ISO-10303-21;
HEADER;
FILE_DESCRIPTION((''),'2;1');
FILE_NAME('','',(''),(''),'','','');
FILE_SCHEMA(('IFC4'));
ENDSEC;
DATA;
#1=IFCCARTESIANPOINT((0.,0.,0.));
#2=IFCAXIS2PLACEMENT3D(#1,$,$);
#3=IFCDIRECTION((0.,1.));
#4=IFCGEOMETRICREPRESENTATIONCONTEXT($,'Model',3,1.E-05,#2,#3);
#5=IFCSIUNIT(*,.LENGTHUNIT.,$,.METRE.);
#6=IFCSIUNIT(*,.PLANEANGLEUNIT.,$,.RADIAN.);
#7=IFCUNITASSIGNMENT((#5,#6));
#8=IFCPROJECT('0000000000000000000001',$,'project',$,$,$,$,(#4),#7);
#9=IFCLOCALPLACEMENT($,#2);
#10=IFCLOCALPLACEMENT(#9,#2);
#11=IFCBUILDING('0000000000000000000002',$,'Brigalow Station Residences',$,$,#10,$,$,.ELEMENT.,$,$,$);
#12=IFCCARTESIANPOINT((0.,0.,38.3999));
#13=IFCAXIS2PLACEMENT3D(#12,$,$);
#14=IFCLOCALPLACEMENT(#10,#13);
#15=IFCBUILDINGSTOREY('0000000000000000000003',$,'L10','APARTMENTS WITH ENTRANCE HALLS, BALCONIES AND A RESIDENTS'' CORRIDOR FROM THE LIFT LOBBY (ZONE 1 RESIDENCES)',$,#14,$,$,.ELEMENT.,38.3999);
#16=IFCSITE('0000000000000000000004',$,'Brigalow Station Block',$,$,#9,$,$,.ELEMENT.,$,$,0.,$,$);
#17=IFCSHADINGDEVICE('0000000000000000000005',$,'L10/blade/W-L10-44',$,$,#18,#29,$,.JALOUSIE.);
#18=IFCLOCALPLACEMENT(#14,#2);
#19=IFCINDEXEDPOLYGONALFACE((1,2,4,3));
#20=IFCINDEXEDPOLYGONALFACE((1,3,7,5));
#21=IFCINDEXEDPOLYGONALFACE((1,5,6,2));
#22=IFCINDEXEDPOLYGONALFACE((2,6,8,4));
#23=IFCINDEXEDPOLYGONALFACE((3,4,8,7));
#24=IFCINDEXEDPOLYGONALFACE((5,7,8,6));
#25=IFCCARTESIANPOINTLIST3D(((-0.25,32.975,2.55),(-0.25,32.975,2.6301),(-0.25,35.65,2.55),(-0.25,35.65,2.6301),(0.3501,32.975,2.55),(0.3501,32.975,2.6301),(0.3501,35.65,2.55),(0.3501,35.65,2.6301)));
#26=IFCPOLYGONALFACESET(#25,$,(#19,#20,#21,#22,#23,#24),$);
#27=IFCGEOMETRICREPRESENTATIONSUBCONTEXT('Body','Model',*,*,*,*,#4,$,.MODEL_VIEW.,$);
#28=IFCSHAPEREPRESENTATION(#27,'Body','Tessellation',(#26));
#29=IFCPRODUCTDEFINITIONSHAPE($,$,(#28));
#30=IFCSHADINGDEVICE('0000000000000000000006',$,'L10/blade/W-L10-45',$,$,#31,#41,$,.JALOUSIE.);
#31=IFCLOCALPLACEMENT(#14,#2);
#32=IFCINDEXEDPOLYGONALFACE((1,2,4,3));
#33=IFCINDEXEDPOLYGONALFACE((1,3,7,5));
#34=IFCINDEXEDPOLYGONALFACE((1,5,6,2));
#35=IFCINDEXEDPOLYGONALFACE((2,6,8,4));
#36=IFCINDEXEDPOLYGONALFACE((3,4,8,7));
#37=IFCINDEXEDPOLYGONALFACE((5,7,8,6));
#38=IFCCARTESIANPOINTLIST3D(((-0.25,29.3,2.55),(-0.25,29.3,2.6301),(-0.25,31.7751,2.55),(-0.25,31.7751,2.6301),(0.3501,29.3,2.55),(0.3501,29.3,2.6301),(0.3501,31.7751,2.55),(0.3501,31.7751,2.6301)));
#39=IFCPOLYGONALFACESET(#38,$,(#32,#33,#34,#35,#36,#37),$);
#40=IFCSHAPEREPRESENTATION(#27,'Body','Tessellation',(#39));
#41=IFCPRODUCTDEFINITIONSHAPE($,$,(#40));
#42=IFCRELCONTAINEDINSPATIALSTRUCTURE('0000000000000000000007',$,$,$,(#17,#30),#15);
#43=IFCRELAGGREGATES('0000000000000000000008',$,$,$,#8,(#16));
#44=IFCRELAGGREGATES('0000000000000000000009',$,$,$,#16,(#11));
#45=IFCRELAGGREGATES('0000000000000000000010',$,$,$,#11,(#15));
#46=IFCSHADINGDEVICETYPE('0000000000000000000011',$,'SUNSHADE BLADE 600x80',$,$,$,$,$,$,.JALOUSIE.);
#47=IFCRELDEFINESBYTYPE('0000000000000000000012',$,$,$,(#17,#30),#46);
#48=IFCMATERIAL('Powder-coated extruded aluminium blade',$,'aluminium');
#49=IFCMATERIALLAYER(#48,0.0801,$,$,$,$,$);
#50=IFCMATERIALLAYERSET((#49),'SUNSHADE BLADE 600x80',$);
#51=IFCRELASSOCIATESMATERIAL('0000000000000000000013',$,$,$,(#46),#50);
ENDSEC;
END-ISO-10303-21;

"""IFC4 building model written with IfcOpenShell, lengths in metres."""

from ifc_helpers import new_model, si_unit, direction, frame, origin, origin_2d, place, context, subcontext, project, spatial, rectangle, extrude, material, layer, layer_set, type_object, element, save


model = new_model("IFC4")

# Units and contexts
model_context = context("Model", 3, precision=1e-05, world=origin(), true_north=direction((0.0, 1.0)))
body_context = subcontext(model_context, "Body", "Model", "MODEL_VIEW")
ifc_project = project(units=[si_unit("LENGTHUNIT", "METRE"), si_unit("PLANEANGLEUNIT", "RADIAN")], contexts=[model_context])

# Site, building, storey
site_placement = place(None, origin())
site = spatial("IfcSite", under=ifc_project, at=site_placement, Name="Brigalow Station Block", CompositionType="ELEMENT", RefElevation=0.0)
building_placement = place(site_placement, origin())
building = spatial("IfcBuilding", under=site, at=building_placement, Name="Brigalow Station Residences", CompositionType="ELEMENT")
storey_placement = place(building_placement, frame((0.0, 0.0, 38.3999)))
storey = spatial("IfcBuildingStorey", under=building, at=storey_placement, Name="L10", Description="APARTMENTS WITH ENTRANCE HALLS, BALCONIES AND A RESIDENTS' CORRIDOR FROM THE LIFT LOBBY (ZONE 1 RESIDENCES)", CompositionType="ELEMENT", Elevation=38.3999)

# Shading devices
ifc_material_1 = material(Name="Powder-coated extruded aluminium blade", Category="aluminium")
ifc_layer_1 = layer(ifc_material_1, 0.0801)
ifc_layer_set_1 = layer_set([ifc_layer_1], Name="SUNSHADE BLADE 600x80")
shading_device_type = type_object("IfcShadingDeviceType", Name="SUNSHADE BLADE 600x80", PredefinedType="JALOUSIE", material=ifc_layer_set_1)
shading_device_1_placement = place(storey_placement, frame((0.05, 34.3125, 2.55), z_axis=(0.0, 0.0, 1.0), x_axis=(0.0, -1.0, 0.0)))
element("IfcShadingDevice", 1, at=shading_device_1_placement, inside=storey, type_object=shading_device_type, Name="L10/blade/W-L10-44", PredefinedType="JALOUSIE", context=body_context, shape_type="SweptSolid", body=[
    extrude(rectangle(XDim=2.675, YDim=0.6001, at=origin_2d()), origin(), (0.0, 0.0, 1.0), 0.0801),
])
shading_device_2_placement = place(storey_placement, frame((0.05, 30.5376, 2.55), z_axis=(0.0, 0.0, 1.0), x_axis=(0.0, -1.0, 0.0)))
element("IfcShadingDevice", 2, at=shading_device_2_placement, inside=storey, type_object=shading_device_type, Name="L10/blade/W-L10-45", PredefinedType="JALOUSIE", context=body_context, shape_type="SweptSolid", body=[
    extrude(rectangle(XDim=2.4751, YDim=0.6001, at=origin_2d()), origin(), (0.0, 0.0, 1.0), 0.0801),
])

save(model, "model.ifc")
